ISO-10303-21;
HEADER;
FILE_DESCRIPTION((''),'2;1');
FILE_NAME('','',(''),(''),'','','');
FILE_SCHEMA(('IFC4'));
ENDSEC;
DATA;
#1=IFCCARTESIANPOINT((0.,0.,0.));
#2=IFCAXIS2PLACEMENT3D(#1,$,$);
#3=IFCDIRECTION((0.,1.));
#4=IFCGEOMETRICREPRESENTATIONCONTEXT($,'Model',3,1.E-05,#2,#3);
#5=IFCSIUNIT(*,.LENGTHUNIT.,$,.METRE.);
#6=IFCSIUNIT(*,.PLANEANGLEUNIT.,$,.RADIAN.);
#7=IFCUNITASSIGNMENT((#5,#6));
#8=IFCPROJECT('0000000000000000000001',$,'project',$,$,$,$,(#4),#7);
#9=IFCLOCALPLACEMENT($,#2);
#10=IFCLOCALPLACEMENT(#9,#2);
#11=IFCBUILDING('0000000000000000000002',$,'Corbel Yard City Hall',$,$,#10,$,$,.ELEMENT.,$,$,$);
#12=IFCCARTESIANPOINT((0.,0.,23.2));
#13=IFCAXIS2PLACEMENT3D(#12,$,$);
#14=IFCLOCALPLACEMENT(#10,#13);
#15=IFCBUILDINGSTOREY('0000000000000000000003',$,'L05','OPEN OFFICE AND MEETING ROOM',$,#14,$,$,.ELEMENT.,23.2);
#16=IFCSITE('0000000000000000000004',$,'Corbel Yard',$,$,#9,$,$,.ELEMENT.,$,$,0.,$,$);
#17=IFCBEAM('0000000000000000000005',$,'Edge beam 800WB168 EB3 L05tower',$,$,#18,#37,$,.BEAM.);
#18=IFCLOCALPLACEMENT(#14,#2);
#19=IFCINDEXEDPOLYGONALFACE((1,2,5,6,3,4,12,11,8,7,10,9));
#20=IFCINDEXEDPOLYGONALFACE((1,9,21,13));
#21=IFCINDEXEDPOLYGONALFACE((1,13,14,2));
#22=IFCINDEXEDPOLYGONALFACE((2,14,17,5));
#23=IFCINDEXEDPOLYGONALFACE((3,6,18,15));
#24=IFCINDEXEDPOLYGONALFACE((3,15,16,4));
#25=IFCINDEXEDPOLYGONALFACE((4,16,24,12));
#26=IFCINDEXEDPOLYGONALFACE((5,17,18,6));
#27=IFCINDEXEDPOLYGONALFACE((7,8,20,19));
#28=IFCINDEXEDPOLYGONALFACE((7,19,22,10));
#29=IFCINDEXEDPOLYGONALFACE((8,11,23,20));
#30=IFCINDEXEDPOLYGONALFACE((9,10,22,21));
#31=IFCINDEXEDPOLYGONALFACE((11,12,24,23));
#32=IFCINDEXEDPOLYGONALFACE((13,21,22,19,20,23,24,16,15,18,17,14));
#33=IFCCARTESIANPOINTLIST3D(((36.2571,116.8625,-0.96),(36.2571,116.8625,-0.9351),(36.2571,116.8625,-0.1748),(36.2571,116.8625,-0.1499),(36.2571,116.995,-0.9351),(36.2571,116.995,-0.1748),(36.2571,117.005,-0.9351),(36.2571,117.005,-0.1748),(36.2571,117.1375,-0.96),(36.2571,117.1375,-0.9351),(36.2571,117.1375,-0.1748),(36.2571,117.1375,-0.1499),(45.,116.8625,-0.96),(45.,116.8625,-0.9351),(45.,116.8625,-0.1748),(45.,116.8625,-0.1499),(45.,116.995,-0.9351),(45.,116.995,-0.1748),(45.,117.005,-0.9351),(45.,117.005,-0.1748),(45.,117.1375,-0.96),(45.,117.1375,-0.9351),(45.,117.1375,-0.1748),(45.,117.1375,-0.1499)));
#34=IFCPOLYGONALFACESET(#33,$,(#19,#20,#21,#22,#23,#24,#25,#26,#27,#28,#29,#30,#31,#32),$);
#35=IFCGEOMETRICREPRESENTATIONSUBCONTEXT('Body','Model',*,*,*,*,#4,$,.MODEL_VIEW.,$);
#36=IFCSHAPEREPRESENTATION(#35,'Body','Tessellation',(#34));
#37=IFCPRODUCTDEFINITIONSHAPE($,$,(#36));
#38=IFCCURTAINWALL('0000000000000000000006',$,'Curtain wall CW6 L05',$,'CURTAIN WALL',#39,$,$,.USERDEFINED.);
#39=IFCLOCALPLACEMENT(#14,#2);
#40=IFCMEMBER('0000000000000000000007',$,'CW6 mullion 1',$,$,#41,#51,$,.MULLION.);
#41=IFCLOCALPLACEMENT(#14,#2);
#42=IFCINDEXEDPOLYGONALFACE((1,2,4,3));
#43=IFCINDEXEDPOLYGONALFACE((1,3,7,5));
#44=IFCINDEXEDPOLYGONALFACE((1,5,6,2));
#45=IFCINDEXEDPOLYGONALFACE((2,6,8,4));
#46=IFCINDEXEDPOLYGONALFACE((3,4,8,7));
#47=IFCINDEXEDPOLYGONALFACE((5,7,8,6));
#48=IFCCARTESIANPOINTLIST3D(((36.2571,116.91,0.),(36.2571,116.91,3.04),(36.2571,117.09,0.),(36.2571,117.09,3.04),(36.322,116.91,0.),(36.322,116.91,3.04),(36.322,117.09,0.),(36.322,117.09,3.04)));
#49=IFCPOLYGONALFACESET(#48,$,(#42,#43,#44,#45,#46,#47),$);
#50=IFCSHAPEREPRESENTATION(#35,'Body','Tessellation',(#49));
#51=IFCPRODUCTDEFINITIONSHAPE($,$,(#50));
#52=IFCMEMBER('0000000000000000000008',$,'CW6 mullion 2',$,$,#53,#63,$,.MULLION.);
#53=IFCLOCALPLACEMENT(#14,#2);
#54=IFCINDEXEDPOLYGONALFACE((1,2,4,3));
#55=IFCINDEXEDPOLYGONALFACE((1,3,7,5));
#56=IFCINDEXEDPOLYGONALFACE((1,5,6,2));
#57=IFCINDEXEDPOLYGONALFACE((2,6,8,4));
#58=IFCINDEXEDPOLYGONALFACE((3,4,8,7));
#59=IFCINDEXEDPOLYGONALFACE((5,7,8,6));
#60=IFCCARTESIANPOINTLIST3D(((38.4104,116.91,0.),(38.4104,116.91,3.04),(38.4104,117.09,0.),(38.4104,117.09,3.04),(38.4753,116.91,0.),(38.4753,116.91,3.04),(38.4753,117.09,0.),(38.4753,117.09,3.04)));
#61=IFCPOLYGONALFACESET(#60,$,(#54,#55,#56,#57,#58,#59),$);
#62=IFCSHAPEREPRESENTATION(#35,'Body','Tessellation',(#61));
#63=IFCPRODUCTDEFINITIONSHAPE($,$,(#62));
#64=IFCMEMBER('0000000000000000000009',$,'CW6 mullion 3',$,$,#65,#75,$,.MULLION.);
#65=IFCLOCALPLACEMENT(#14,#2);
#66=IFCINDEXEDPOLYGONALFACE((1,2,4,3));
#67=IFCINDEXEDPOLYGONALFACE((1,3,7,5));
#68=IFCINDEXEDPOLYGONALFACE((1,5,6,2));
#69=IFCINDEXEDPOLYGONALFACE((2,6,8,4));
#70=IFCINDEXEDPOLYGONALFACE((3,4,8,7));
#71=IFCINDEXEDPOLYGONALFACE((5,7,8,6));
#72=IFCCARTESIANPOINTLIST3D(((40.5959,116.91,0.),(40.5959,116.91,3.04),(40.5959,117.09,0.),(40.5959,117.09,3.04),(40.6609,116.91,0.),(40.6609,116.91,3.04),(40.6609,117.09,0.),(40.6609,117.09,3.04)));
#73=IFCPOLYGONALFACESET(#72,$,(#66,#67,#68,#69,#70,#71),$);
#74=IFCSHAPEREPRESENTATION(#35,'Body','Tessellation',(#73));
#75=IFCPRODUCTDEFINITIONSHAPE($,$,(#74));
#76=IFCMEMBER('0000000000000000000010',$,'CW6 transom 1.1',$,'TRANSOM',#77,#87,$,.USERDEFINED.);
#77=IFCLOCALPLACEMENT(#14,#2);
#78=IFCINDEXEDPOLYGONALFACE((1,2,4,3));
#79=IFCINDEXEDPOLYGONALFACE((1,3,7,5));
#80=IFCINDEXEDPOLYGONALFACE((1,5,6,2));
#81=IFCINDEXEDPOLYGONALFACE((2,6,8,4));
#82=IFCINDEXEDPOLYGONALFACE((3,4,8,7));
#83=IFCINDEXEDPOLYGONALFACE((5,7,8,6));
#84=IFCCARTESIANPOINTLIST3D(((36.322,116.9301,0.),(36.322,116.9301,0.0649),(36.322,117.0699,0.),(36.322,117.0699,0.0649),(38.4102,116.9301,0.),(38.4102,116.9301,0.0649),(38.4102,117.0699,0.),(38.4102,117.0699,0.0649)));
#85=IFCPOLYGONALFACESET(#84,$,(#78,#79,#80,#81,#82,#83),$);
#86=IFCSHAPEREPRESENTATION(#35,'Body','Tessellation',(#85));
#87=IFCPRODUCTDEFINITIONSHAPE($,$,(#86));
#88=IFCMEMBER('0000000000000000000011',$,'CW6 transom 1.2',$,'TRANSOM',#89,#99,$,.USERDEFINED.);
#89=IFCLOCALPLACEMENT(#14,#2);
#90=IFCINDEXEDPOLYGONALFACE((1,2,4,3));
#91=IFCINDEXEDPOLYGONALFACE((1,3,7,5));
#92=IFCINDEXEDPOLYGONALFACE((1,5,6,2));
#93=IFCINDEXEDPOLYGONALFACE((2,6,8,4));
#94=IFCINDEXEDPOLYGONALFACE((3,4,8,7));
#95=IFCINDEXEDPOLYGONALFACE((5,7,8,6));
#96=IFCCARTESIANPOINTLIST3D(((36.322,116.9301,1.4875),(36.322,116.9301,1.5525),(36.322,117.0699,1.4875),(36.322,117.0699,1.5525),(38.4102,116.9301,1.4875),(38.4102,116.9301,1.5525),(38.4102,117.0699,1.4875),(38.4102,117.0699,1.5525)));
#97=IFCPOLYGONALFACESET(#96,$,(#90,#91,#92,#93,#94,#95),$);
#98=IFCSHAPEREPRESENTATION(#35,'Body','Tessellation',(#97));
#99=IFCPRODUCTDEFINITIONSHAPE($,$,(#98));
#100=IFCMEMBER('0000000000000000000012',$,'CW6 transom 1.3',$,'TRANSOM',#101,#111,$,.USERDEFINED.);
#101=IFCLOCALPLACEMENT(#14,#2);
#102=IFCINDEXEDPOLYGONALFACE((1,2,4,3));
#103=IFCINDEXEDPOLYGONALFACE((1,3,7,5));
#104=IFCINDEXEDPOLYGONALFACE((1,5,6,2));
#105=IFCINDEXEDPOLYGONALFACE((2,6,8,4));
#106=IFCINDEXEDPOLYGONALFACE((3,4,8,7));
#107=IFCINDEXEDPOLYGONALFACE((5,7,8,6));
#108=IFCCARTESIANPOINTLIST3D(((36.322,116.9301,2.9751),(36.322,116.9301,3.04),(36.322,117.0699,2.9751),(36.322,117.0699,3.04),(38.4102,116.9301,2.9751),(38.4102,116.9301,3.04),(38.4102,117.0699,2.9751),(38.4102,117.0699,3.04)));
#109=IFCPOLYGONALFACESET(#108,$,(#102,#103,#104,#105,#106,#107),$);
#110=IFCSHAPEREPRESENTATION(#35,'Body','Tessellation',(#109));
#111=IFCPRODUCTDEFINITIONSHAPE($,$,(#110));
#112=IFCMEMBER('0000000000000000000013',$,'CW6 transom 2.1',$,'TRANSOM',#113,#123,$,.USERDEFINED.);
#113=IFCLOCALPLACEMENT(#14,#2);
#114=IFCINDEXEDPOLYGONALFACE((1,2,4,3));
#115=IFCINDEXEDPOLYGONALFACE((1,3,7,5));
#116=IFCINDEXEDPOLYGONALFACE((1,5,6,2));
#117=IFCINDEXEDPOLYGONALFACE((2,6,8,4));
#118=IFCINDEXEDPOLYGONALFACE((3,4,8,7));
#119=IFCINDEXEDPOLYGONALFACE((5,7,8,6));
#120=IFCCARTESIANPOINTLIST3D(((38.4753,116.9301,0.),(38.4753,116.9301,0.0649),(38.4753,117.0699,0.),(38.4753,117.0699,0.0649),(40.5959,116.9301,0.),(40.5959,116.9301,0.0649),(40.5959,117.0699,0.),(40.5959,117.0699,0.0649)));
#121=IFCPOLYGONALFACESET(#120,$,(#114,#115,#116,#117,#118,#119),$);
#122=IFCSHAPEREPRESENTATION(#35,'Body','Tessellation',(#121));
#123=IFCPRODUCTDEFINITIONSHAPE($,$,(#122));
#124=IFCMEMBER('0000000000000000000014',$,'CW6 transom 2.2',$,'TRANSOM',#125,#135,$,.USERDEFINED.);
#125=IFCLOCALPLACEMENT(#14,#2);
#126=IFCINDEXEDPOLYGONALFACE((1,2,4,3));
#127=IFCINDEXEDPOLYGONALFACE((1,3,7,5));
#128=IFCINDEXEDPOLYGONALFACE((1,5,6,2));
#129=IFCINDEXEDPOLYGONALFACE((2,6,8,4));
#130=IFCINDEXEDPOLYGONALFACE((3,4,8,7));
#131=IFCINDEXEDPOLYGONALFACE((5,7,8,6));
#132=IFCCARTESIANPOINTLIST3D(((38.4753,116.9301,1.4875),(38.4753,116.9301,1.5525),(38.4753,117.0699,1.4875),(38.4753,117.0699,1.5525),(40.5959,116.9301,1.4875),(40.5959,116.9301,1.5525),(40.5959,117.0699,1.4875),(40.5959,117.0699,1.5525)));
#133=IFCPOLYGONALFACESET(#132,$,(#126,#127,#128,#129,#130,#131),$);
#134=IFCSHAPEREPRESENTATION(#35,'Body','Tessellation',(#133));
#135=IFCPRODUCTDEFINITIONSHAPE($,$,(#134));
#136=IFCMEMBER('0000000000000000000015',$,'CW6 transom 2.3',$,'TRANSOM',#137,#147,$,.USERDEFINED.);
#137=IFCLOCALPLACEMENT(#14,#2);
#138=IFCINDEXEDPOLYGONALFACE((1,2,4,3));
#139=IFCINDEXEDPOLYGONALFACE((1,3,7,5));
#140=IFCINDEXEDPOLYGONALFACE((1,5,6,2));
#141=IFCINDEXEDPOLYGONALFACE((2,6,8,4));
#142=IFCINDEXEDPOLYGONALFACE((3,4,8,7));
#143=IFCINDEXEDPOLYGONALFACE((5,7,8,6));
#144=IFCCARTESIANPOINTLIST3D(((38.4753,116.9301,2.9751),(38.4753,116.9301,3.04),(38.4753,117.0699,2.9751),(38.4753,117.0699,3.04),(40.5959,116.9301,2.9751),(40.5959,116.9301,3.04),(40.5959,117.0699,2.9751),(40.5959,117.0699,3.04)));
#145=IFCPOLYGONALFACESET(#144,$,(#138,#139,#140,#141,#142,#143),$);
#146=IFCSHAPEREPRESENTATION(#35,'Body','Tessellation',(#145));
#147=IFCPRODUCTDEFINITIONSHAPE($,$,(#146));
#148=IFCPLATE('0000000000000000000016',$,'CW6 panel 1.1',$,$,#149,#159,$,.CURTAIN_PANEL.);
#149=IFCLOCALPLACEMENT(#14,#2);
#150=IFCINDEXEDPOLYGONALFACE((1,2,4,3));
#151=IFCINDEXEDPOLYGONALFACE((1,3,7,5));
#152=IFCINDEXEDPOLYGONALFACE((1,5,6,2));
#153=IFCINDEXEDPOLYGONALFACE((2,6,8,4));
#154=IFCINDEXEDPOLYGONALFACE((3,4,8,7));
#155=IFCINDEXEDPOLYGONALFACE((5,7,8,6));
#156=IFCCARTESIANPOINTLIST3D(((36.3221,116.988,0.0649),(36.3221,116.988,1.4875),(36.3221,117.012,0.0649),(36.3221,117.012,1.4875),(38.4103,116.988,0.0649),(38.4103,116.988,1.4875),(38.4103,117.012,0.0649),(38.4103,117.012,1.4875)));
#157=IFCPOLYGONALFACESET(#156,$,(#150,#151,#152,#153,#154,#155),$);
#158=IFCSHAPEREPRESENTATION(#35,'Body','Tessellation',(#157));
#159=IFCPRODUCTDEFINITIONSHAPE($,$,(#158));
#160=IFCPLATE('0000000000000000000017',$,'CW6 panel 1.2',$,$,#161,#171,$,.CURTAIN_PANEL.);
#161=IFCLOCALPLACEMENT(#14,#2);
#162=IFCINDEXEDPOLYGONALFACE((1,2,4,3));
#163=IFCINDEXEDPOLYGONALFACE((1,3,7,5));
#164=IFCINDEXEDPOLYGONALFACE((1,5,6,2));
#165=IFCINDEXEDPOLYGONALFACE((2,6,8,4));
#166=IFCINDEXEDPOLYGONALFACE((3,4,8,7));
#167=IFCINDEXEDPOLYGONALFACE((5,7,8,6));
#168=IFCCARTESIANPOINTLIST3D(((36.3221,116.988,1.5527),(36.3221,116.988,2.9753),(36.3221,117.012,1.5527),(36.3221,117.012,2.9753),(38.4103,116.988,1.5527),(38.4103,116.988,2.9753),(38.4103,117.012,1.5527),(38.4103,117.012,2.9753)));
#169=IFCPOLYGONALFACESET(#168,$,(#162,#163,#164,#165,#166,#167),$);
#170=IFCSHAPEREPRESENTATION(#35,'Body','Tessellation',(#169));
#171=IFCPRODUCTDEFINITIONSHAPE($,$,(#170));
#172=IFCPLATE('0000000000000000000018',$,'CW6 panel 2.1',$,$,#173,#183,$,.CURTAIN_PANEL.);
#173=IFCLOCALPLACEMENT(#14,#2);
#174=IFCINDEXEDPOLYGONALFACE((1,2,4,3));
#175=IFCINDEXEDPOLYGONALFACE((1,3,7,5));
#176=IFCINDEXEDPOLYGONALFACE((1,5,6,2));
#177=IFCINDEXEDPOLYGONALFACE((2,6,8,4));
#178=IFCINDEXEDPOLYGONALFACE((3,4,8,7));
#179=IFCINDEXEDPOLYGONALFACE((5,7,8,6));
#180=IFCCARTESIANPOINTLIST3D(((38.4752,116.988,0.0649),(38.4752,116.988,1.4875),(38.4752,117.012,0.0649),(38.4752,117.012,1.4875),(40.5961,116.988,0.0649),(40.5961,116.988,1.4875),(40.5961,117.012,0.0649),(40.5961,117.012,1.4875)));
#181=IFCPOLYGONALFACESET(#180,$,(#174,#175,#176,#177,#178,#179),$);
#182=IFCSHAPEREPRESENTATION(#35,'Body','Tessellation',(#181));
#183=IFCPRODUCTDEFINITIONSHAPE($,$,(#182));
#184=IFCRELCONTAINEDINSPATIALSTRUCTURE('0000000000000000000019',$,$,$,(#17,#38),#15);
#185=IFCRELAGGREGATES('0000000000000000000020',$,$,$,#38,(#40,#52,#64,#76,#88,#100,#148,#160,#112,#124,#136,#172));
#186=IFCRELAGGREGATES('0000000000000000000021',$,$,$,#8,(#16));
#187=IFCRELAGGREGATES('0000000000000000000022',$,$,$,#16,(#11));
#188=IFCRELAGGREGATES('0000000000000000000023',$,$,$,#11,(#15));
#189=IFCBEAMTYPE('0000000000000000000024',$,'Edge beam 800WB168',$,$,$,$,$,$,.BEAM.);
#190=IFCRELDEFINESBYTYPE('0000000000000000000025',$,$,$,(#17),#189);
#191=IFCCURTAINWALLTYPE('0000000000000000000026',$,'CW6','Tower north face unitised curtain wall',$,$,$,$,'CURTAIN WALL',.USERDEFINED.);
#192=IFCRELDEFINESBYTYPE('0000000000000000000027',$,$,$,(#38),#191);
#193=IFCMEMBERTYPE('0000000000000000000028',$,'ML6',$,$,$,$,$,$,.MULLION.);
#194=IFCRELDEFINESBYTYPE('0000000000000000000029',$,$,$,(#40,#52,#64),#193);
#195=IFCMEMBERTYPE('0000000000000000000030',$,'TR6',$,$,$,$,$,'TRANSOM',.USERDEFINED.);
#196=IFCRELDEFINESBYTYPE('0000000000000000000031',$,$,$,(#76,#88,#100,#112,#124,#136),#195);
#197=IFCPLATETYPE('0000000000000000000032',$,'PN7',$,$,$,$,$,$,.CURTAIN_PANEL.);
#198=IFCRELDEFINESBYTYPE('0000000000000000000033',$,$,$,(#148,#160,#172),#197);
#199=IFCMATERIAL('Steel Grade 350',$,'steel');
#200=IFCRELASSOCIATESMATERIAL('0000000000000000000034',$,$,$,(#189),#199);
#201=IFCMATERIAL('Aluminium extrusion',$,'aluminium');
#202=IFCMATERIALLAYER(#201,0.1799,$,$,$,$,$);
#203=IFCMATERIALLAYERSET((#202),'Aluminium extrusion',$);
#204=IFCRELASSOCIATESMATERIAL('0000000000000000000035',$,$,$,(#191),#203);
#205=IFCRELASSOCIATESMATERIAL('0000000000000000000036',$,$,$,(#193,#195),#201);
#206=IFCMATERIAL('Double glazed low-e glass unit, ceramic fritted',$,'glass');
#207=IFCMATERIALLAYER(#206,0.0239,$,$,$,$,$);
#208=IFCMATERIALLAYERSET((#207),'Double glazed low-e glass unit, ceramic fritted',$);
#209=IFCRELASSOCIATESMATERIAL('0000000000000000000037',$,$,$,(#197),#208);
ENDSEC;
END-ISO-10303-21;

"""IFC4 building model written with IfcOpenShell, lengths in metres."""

from ifc_helpers import new_model, si_unit, direction, frame, origin, origin_2d, place, context, subcontext, project, spatial, rectangle, i_section, extrude, material, layer, layer_set, material_profile, profile_set, type_object, element, aggregate, save


model = new_model("IFC4")

# Units and contexts
model_context = context("Model", 3, precision=1e-05, world=origin(), true_north=direction((0.0, 1.0)))
body_context = subcontext(model_context, "Body", "Model", "MODEL_VIEW")
ifc_project = project(units=[si_unit("LENGTHUNIT", "METRE"), si_unit("PLANEANGLEUNIT", "RADIAN")], contexts=[model_context])

# Site, building, storey
site_placement = place(None, origin())
site = spatial("IfcSite", under=ifc_project, at=site_placement, Name="Corbel Yard", CompositionType="ELEMENT", RefElevation=0.0)
building_placement = place(site_placement, origin())
building = spatial("IfcBuilding", under=site, at=building_placement, Name="Corbel Yard City Hall", CompositionType="ELEMENT")
storey_placement = place(building_placement, frame((0.0, 0.0, 23.2)))
storey = spatial("IfcBuildingStorey", under=building, at=storey_placement, Name="L05", Description="OPEN OFFICE AND MEETING ROOM", CompositionType="ELEMENT", Elevation=23.2)

# Beam
ifc_material_1 = material(Name="Steel Grade 350", Category="steel")
ifc_material_profile_1 = material_profile(ifc_material_1, i_section(OverallWidth=0.2749, OverallDepth=0.8101, WebThickness=0.01, FlangeThickness=0.0249, at=origin_2d()), Name="800WB168")
ifc_profile_set_1 = profile_set([ifc_material_profile_1], Name="Steel Grade 350")
beam_type = type_object("IfcBeamType", Name="Edge beam 800WB168", PredefinedType="BEAM", material=ifc_profile_set_1)
beam_placement = place(storey_placement, frame((36.2571, 117.0, -0.5549), z_axis=(1.0, 0.0, 0.0), x_axis=(0.0, 1.0, 0.0)))
element("IfcBeam", 1, at=beam_placement, inside=storey, type_object=beam_type, Name="Edge beam 800WB168 EB3 L05tower", PredefinedType="BEAM", context=body_context, shape_type="SweptSolid", body=[
    extrude(i_section(OverallWidth=0.2749, OverallDepth=0.8101, WebThickness=0.01, FlangeThickness=0.0249, at=origin_2d()), origin(), (0.0, 0.0, 1.0), 8.7429),
])

# Curtain wall, members, plates
ifc_material_2 = material(Name="Aluminium extrusion", Category="aluminium")
ifc_layer_1 = layer(ifc_material_2, 0.1799)
ifc_layer_set_1 = layer_set([ifc_layer_1], Name="Aluminium extrusion")
curtain_wall_type = type_object("IfcCurtainWallType", Name="CW6", Description="Tower north face unitised curtain wall", ElementType="CURTAIN WALL", PredefinedType="USERDEFINED", material=ifc_layer_set_1)
curtain_wall_placement = place(storey_placement, origin())
curtain_wall = element("IfcCurtainWall", 2, at=curtain_wall_placement, inside=storey, type_object=curtain_wall_type, Name="Curtain wall CW6 L05", ObjectType="CURTAIN WALL", PredefinedType="USERDEFINED")
ifc_material_profile_2 = material_profile(ifc_material_2, rectangle(XDim=0.1799, YDim=0.0649, at=origin_2d()), Name="180x65")
ifc_profile_set_2 = profile_set([ifc_material_profile_2], Name="Aluminium extrusion")
member_type_1 = type_object("IfcMemberType", Name="ML6", PredefinedType="MULLION", material=ifc_profile_set_2)
member_1_placement = place(storey_placement, frame((36.2896, 117.0, 0.0), z_axis=(0.0, 0.0, 1.0), x_axis=(0.0, 1.0, 0.0)))
member_1 = element("IfcMember", 3, at=member_1_placement, type_object=member_type_1, Name="CW6 mullion 1", PredefinedType="MULLION", context=body_context, shape_type="SweptSolid", body=[
    extrude(rectangle(XDim=0.1799, YDim=0.0649, at=origin_2d()), origin(), (0.0, 0.0, 1.0), 3.04),
])
member_2_placement = place(storey_placement, frame((38.4429, 117.0, 0.0), z_axis=(0.0, 0.0, 1.0), x_axis=(0.0, 1.0, 0.0)))
member_2 = element("IfcMember", 4, at=member_2_placement, type_object=member_type_1, Name="CW6 mullion 2", PredefinedType="MULLION", context=body_context, shape_type="SweptSolid", body=[
    extrude(rectangle(XDim=0.1799, YDim=0.0649, at=origin_2d()), origin(), (0.0, 0.0, 1.0), 3.04),
])
member_3_placement = place(storey_placement, frame((40.6284, 117.0, 0.0), z_axis=(0.0, 0.0, 1.0), x_axis=(0.0, 1.0, 0.0)))
member_3 = element("IfcMember", 5, at=member_3_placement, type_object=member_type_1, Name="CW6 mullion 3", PredefinedType="MULLION", context=body_context, shape_type="SweptSolid", body=[
    extrude(rectangle(XDim=0.1799, YDim=0.0649, at=origin_2d()), origin(), (0.0, 0.0, 1.0), 3.04),
])
ifc_material_profile_3 = material_profile(ifc_material_2, rectangle(XDim=0.1399, YDim=0.0649, at=origin_2d()), Name="140x65")
ifc_profile_set_3 = profile_set([ifc_material_profile_3], Name="Aluminium extrusion")
member_type_2 = type_object("IfcMemberType", Name="TR6", ElementType="TRANSOM", PredefinedType="USERDEFINED", material=ifc_profile_set_3)
member_4_placement = place(storey_placement, frame((36.322, 117.0, 0.0325), z_axis=(1.0, 0.0, 0.0), x_axis=(0.0, 1.0, 0.0)))
member_4 = element("IfcMember", 6, at=member_4_placement, type_object=member_type_2, Name="CW6 transom 1.1", ObjectType="TRANSOM", PredefinedType="USERDEFINED", context=body_context, shape_type="SweptSolid", body=[
    extrude(rectangle(XDim=0.1399, YDim=0.0649, at=origin_2d()), origin(), (0.0, 0.0, 1.0), 2.0881),
])
member_5_placement = place(storey_placement, frame((36.322, 117.0, 1.52), z_axis=(1.0, 0.0, 0.0), x_axis=(0.0, 1.0, 0.0)))
member_5 = element("IfcMember", 7, at=member_5_placement, type_object=member_type_2, Name="CW6 transom 1.2", ObjectType="TRANSOM", PredefinedType="USERDEFINED", context=body_context, shape_type="SweptSolid", body=[
    extrude(rectangle(XDim=0.1399, YDim=0.0649, at=origin_2d()), origin(), (0.0, 0.0, 1.0), 2.0881),
])
member_6_placement = place(storey_placement, frame((36.322, 117.0, 3.0076), z_axis=(1.0, 0.0, 0.0), x_axis=(0.0, 1.0, 0.0)))
member_6 = element("IfcMember", 8, at=member_6_placement, type_object=member_type_2, Name="CW6 transom 1.3", ObjectType="TRANSOM", PredefinedType="USERDEFINED", context=body_context, shape_type="SweptSolid", body=[
    extrude(rectangle(XDim=0.1399, YDim=0.0649, at=origin_2d()), origin(), (0.0, 0.0, 1.0), 2.0881),
])
member_7_placement = place(storey_placement, frame((38.4753, 117.0, 0.0325), z_axis=(1.0, 0.0, 0.0), x_axis=(0.0, 1.0, 0.0)))
member_7 = element("IfcMember", 9, at=member_7_placement, type_object=member_type_2, Name="CW6 transom 2.1", ObjectType="TRANSOM", PredefinedType="USERDEFINED", context=body_context, shape_type="SweptSolid", body=[
    extrude(rectangle(XDim=0.1399, YDim=0.0649, at=origin_2d()), origin(), (0.0, 0.0, 1.0), 2.1206),
])
member_8_placement = place(storey_placement, frame((38.4753, 117.0, 1.52), z_axis=(1.0, 0.0, 0.0), x_axis=(0.0, 1.0, 0.0)))
member_8 = element("IfcMember", 10, at=member_8_placement, type_object=member_type_2, Name="CW6 transom 2.2", ObjectType="TRANSOM", PredefinedType="USERDEFINED", context=body_context, shape_type="SweptSolid", body=[
    extrude(rectangle(XDim=0.1399, YDim=0.0649, at=origin_2d()), origin(), (0.0, 0.0, 1.0), 2.1206),
])
member_9_placement = place(storey_placement, frame((38.4753, 117.0, 3.0076), z_axis=(1.0, 0.0, 0.0), x_axis=(0.0, 1.0, 0.0)))
member_9 = element("IfcMember", 11, at=member_9_placement, type_object=member_type_2, Name="CW6 transom 2.3", ObjectType="TRANSOM", PredefinedType="USERDEFINED", context=body_context, shape_type="SweptSolid", body=[
    extrude(rectangle(XDim=0.1399, YDim=0.0649, at=origin_2d()), origin(), (0.0, 0.0, 1.0), 2.1206),
])
ifc_material_3 = material(Name="Double glazed low-e glass unit, ceramic fritted", Category="glass")
ifc_layer_2 = layer(ifc_material_3, 0.0239)
ifc_layer_set_2 = layer_set([ifc_layer_2], Name="Double glazed low-e glass unit, ceramic fritted")
plate_type = type_object("IfcPlateType", Name="PN7", PredefinedType="CURTAIN_PANEL", material=ifc_layer_set_2)
plate_1_placement = place(storey_placement, frame((37.3662, 117.0, 0.0649), z_axis=(0.0, 0.0, 1.0), x_axis=(1.0, 0.0, 0.0)))
plate_1 = element("IfcPlate", 12, at=plate_1_placement, type_object=plate_type, Name="CW6 panel 1.1", PredefinedType="CURTAIN_PANEL", context=body_context, shape_type="SweptSolid", body=[
    extrude(rectangle(XDim=2.0881, YDim=0.0239, at=origin_2d()), origin(), (0.0, 0.0, 1.0), 1.4226),
])
plate_2_placement = place(storey_placement, frame((37.3662, 117.0, 1.5527), z_axis=(0.0, 0.0, 1.0), x_axis=(1.0, 0.0, 0.0)))
plate_2 = element("IfcPlate", 13, at=plate_2_placement, type_object=plate_type, Name="CW6 panel 1.2", PredefinedType="CURTAIN_PANEL", context=body_context, shape_type="SweptSolid", body=[
    extrude(rectangle(XDim=2.0881, YDim=0.0239, at=origin_2d()), origin(), (0.0, 0.0, 1.0), 1.4226),
])
plate_3_placement = place(storey_placement, frame((39.5356, 117.0, 0.0649), z_axis=(0.0, 0.0, 1.0), x_axis=(1.0, 0.0, 0.0)))
plate_3 = element("IfcPlate", 14, at=plate_3_placement, type_object=plate_type, Name="CW6 panel 2.1", PredefinedType="CURTAIN_PANEL", context=body_context, shape_type="SweptSolid", body=[
    extrude(rectangle(XDim=2.1208, YDim=0.0239, at=origin_2d()), origin(), (0.0, 0.0, 1.0), 1.4226),
])
aggregate(curtain_wall, [member_1, member_2, member_3, member_4, member_5, member_6, plate_1, plate_2, member_7, member_8, member_9, plate_3])

save(model, "model.ifc")
